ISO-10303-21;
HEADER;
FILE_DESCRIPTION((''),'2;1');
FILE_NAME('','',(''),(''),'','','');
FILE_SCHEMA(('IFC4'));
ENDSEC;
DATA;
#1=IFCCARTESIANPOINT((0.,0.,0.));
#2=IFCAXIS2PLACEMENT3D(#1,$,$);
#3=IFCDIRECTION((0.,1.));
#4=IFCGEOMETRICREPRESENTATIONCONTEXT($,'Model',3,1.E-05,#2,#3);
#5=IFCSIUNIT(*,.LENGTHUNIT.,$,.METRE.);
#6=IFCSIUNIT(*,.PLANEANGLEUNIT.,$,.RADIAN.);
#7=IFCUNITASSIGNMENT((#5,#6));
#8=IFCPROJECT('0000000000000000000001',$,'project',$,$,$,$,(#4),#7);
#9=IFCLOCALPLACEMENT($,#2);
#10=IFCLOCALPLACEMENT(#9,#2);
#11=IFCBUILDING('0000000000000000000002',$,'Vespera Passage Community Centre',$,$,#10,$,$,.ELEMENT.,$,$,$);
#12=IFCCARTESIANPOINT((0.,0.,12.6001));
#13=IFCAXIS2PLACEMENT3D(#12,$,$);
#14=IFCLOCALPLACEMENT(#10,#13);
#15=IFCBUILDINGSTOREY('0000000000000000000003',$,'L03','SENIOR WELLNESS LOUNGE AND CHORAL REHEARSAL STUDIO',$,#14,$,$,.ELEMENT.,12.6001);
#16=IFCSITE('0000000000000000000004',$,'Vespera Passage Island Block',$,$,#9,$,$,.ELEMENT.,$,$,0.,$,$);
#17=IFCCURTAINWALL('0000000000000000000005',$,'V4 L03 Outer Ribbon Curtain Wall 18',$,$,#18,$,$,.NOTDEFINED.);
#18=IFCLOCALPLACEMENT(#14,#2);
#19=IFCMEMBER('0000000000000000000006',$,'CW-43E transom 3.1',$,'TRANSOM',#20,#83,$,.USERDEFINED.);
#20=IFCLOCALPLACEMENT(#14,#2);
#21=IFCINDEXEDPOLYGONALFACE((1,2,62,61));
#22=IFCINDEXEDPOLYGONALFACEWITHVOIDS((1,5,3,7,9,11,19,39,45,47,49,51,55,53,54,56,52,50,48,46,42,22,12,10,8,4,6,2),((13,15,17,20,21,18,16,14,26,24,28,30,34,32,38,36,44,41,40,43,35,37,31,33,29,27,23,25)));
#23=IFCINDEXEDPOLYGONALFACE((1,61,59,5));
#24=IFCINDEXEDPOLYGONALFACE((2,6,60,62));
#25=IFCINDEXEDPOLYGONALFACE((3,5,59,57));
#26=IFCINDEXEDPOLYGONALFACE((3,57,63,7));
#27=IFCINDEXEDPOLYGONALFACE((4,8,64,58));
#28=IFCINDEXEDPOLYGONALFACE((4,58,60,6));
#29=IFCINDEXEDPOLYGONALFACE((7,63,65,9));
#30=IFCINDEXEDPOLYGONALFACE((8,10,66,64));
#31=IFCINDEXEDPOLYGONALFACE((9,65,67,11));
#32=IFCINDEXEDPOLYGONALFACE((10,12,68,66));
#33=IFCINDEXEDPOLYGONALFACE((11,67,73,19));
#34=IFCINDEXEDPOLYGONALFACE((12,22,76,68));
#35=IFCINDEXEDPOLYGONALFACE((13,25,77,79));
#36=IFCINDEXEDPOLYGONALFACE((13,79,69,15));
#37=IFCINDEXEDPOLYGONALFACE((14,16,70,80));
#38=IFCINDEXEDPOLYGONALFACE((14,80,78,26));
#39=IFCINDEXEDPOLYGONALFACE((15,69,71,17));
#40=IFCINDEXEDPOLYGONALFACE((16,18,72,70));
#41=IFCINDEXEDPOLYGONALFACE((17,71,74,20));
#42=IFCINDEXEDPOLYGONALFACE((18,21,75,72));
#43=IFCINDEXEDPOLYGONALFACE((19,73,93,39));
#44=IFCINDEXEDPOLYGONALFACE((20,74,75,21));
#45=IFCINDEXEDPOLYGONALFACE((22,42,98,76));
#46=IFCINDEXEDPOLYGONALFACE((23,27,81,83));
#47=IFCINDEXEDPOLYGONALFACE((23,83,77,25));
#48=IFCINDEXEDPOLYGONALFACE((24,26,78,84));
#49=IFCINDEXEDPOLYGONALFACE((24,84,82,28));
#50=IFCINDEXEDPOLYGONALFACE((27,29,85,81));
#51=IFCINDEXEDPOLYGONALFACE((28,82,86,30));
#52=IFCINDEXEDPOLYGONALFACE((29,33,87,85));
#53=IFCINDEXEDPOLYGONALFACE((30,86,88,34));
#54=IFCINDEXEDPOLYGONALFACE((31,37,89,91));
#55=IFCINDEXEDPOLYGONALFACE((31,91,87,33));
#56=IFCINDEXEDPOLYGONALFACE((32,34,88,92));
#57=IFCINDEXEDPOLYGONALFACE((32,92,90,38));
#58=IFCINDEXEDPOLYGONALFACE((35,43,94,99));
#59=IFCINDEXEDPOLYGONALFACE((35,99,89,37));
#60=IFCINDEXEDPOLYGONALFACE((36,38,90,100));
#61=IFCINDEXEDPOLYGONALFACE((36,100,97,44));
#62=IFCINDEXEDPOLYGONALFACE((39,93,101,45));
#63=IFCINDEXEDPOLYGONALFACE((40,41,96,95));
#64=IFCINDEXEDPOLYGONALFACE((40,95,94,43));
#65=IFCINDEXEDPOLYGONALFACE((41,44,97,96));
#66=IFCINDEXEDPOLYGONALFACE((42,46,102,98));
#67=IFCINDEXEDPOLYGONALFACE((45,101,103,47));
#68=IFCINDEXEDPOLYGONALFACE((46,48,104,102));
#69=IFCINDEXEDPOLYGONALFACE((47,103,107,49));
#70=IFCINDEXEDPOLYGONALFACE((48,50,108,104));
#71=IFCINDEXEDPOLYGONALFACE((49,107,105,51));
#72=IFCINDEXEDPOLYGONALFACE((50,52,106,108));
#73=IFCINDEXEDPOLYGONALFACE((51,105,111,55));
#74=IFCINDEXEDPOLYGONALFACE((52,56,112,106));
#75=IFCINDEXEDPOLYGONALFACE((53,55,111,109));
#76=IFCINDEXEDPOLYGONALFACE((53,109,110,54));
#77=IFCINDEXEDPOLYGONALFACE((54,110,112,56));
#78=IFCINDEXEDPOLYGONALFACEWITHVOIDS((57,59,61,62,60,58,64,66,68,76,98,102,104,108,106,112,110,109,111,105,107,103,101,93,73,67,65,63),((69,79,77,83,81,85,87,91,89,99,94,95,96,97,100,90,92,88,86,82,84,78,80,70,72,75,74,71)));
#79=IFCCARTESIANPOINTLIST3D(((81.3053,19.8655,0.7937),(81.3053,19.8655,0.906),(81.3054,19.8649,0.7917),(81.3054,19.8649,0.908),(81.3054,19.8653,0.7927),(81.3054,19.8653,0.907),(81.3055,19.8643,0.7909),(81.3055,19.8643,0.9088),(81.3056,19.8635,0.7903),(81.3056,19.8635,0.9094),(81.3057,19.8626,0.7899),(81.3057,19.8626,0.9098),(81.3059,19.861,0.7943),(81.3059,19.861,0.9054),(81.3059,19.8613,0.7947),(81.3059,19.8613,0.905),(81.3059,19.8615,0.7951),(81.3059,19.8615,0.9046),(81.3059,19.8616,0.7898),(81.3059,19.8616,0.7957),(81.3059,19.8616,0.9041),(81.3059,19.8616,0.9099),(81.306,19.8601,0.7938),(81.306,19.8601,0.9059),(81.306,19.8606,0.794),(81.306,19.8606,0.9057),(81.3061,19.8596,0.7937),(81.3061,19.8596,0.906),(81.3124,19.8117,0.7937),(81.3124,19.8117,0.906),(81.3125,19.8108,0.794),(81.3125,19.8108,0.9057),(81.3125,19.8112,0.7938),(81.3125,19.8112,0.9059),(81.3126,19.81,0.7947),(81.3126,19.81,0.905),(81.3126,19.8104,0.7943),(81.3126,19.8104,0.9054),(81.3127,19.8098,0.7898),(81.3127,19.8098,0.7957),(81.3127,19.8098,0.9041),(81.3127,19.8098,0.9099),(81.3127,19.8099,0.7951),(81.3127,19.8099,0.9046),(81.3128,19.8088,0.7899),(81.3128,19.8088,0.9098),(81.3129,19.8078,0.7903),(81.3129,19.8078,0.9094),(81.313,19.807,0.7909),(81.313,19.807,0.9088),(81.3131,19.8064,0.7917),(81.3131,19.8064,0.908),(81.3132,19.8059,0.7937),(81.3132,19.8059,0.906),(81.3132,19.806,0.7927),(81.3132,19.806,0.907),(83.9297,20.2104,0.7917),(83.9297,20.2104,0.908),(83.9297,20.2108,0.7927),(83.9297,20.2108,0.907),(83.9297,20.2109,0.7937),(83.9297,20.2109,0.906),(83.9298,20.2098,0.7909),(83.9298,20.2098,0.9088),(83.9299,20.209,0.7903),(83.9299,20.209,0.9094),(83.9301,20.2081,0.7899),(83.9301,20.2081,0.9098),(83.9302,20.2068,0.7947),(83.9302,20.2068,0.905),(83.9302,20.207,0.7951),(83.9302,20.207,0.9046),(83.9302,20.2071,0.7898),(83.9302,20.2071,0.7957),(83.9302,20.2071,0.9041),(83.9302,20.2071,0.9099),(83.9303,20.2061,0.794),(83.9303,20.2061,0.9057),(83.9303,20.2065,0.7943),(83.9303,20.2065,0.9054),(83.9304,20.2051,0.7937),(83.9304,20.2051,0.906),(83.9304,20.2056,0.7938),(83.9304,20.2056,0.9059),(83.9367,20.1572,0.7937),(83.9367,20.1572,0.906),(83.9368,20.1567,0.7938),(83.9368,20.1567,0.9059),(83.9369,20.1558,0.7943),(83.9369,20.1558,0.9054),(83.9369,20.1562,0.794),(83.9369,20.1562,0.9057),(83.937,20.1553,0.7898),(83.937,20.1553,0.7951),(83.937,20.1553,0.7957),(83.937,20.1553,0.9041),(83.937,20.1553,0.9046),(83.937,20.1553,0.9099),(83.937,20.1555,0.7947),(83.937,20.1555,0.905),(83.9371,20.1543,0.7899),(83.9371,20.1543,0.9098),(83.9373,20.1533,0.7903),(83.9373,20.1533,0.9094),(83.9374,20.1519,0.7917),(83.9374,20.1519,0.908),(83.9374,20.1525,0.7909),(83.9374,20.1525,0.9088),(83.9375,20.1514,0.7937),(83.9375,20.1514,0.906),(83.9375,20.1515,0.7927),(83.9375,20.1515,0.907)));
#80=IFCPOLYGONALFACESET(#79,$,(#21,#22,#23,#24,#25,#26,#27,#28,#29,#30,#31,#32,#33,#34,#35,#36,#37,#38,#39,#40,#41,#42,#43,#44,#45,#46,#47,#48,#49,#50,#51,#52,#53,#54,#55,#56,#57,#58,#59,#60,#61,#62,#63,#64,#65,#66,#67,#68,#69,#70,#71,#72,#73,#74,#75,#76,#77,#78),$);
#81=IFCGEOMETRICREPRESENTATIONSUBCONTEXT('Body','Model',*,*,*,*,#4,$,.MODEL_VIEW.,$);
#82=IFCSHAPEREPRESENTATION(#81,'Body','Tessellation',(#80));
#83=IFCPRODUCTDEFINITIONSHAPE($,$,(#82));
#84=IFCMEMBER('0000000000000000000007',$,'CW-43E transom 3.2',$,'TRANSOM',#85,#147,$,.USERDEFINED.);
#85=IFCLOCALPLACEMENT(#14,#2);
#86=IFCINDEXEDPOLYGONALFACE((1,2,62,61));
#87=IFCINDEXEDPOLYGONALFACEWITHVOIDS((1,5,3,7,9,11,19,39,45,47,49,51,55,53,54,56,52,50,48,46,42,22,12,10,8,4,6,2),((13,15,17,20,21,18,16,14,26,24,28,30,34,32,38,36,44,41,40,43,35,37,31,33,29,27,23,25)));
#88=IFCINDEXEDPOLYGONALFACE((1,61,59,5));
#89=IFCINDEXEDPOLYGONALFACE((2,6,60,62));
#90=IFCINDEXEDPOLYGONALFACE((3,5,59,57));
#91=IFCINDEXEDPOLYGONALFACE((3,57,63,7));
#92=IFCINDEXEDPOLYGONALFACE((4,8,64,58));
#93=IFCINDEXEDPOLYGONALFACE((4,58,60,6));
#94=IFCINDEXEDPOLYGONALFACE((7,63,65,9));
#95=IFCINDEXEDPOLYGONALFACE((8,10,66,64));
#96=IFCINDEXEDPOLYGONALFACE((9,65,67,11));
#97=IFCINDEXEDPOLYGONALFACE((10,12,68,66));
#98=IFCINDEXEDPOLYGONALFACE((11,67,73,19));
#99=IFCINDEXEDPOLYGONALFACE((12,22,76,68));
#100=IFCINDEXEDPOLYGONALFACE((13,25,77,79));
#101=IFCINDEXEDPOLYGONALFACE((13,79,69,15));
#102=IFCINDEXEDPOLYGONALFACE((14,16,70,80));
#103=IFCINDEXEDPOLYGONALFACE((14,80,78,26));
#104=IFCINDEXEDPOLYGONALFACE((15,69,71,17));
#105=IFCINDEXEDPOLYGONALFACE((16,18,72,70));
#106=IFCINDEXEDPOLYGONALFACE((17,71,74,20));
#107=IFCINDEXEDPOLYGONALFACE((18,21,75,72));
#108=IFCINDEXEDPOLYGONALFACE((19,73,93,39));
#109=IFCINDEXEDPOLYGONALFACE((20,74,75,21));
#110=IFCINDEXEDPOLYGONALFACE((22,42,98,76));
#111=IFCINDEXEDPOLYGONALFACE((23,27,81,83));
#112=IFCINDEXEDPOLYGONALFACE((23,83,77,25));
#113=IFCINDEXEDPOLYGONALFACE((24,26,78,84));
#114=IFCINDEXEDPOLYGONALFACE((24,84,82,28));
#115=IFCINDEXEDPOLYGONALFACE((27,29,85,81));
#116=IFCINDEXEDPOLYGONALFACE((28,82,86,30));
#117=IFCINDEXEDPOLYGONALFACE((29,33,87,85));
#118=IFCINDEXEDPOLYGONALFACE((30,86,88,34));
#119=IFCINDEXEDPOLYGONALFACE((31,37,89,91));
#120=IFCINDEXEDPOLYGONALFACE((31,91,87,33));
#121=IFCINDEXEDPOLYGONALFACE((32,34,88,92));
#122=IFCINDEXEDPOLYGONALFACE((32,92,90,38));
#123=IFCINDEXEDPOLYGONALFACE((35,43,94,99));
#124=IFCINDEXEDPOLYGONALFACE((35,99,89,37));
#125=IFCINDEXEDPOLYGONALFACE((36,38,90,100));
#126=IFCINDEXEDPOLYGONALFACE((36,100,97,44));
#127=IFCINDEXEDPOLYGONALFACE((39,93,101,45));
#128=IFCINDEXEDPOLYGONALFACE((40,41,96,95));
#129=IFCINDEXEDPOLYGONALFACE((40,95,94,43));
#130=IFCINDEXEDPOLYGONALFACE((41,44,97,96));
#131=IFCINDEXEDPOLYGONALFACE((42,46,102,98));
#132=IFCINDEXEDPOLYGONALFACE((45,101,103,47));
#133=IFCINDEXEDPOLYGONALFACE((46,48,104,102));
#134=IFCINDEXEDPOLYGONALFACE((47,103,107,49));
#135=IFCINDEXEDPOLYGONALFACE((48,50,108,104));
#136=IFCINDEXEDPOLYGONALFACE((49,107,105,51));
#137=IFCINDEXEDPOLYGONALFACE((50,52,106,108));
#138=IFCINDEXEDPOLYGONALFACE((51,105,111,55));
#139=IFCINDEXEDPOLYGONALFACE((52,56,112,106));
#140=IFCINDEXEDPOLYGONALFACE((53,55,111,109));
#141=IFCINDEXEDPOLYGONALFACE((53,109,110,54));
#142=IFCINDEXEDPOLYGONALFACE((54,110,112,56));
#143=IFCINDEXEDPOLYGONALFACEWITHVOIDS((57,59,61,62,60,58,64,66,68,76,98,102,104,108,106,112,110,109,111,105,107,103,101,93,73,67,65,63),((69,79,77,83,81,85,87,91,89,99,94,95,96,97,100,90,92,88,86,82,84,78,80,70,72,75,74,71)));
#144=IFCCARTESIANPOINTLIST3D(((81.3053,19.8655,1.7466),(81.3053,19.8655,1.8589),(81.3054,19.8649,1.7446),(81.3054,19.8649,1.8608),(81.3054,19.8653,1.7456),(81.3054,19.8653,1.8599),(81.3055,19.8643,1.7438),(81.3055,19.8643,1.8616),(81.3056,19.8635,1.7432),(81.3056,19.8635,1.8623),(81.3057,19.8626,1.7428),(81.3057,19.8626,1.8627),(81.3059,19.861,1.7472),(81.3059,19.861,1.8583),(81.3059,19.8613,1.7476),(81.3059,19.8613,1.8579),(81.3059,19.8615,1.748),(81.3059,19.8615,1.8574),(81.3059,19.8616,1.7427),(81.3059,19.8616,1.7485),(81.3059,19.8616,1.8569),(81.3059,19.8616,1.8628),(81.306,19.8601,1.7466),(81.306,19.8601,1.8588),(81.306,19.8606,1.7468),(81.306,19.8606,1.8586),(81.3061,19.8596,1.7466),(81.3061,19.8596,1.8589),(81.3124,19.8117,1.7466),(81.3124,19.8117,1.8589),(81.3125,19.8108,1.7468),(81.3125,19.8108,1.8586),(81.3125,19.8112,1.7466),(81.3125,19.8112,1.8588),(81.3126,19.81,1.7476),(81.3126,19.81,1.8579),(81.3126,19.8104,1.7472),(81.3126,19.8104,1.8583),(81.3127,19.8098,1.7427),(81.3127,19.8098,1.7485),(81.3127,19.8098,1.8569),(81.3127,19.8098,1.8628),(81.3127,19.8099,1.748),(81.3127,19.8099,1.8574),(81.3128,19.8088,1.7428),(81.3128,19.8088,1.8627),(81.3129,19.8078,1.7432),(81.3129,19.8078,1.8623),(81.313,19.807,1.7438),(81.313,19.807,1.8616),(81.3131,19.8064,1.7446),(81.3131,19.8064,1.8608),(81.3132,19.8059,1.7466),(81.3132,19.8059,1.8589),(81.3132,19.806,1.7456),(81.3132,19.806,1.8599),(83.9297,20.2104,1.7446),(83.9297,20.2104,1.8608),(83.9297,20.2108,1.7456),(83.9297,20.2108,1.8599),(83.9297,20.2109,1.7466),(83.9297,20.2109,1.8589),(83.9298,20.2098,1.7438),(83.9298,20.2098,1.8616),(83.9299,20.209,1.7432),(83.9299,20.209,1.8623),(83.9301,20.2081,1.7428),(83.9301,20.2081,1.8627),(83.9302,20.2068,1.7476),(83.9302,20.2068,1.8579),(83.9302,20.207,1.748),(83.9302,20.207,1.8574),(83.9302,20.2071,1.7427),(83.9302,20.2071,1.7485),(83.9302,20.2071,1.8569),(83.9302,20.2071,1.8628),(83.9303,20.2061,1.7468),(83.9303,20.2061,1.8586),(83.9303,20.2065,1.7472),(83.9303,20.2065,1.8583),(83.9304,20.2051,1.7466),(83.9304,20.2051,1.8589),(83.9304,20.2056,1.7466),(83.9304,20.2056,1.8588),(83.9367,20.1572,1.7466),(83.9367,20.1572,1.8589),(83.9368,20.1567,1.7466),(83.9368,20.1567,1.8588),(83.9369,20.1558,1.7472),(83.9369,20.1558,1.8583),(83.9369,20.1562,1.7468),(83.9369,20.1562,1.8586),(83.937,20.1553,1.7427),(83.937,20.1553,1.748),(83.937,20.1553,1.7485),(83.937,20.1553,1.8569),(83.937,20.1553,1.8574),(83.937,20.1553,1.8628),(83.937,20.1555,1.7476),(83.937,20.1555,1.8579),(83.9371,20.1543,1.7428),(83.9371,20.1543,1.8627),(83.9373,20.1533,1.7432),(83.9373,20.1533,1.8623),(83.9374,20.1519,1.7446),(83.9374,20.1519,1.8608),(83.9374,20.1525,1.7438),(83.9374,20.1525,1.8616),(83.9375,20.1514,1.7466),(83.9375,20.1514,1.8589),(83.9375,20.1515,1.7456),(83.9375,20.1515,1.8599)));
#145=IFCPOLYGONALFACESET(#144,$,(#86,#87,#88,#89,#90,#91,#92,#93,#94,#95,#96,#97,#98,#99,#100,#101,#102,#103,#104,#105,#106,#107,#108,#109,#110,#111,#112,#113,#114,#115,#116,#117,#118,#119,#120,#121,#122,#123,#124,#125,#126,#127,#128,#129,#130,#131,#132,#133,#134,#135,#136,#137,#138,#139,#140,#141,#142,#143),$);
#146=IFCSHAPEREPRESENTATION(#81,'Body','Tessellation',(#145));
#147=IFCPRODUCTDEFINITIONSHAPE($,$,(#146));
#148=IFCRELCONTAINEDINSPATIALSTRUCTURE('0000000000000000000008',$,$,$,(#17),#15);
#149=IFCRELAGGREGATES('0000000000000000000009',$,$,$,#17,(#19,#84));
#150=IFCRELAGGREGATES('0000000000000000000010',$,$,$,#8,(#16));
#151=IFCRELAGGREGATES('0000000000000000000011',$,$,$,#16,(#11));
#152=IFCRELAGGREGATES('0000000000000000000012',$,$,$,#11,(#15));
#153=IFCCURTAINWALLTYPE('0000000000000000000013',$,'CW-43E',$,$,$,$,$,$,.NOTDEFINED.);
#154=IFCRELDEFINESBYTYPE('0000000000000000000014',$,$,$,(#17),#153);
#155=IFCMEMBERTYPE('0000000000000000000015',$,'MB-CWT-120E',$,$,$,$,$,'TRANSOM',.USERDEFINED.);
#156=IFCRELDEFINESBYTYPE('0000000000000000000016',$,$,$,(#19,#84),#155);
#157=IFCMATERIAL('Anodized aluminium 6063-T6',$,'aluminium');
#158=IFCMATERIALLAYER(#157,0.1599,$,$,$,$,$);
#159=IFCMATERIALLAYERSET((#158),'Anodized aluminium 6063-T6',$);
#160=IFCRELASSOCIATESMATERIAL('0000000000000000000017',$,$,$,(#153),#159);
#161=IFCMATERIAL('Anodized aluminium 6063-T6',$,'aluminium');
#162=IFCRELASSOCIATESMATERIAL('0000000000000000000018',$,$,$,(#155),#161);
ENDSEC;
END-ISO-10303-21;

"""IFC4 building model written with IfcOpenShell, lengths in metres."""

from ifc_helpers import new_model, si_unit, direction, frame, origin, origin_2d, place, context, subcontext, project, spatial, hollow_rectangle, extrude, material, layer, layer_set, material_profile, profile_set, type_object, element, aggregate, save


model = new_model("IFC4")

# Units and contexts
model_context = context("Model", 3, precision=1e-05, world=origin(), true_north=direction((0.0, 1.0)))
body_context = subcontext(model_context, "Body", "Model", "MODEL_VIEW")
ifc_project = project(units=[si_unit("LENGTHUNIT", "METRE"), si_unit("PLANEANGLEUNIT", "RADIAN")], contexts=[model_context])

# Site, building, storey
site_placement = place(None, origin())
site = spatial("IfcSite", under=ifc_project, at=site_placement, Name="Vespera Passage Island Block", CompositionType="ELEMENT", RefElevation=0.0)
building_placement = place(site_placement, origin())
building = spatial("IfcBuilding", under=site, at=building_placement, Name="Vespera Passage Community Centre", CompositionType="ELEMENT")
storey_placement = place(building_placement, frame((0.0, 0.0, 12.6001)))
storey = spatial("IfcBuildingStorey", under=building, at=storey_placement, Name="L03", Description="SENIOR WELLNESS LOUNGE AND CHORAL REHEARSAL STUDIO", CompositionType="ELEMENT", Elevation=12.6001)

# Curtain wall, members
ifc_material_1 = material(Name="Anodized aluminium 6063-T6", Category="aluminium")
ifc_layer_1 = layer(ifc_material_1, 0.1599)
ifc_layer_set_1 = layer_set([ifc_layer_1], Name="Anodized aluminium 6063-T6")
curtain_wall_type = type_object("IfcCurtainWallType", Name="CW-43E", PredefinedType="NOTDEFINED", material=ifc_layer_set_1)
curtain_wall_placement = place(storey_placement, origin())
curtain_wall = element("IfcCurtainWall", 1, at=curtain_wall_placement, inside=storey, type_object=curtain_wall_type, Name="V4 L03 Outer Ribbon Curtain Wall 18", PredefinedType="NOTDEFINED")
ifc_material_2 = material(Name="Anodized aluminium 6063-T6", Category="aluminium")
ifc_material_profile_1 = material_profile(ifc_material_2, hollow_rectangle(XDim=0.0601, YDim=0.1201, WallThickness=0.0039, InnerFilletRadius=0.002, OuterFilletRadius=0.0039, at=origin_2d()), Name="ALU120X60X4")
ifc_profile_set_1 = profile_set([ifc_material_profile_1], Name="Anodized aluminium 6063-T6")
member_type_1 = type_object("IfcMemberType", Name="MB-CWT-120E", ElementType="TRANSOM", PredefinedType="USERDEFINED", material=ifc_profile_set_1)
member_1_placement = place(storey_placement, frame((83.9336, 20.1812, 0.8499), z_axis=(-0.991446, -0.130514, 0.0), x_axis=(0.130514, -0.991446, 0.0)))
member_1 = element("IfcMember", 2, at=member_1_placement, type_object=member_type_1, Name="CW-43E transom 3.1", ObjectType="TRANSOM", PredefinedType="USERDEFINED", context=body_context, shape_type="SweptSolid", body=[
    extrude(hollow_rectangle(XDim=0.0601, YDim=0.1201, WallThickness=0.0039, InnerFilletRadius=0.002, OuterFilletRadius=0.0039, at=origin_2d()), origin(), (0.0, 0.0, 1.0), 2.647),
])
member_2_placement = place(storey_placement, frame((83.9336, 20.1812, 1.8027), z_axis=(-0.991446, -0.130514, 0.0), x_axis=(0.130514, -0.991446, 0.0)))
member_2 = element("IfcMember", 3, at=member_2_placement, type_object=member_type_1, Name="CW-43E transom 3.2", ObjectType="TRANSOM", PredefinedType="USERDEFINED", context=body_context, shape_type="SweptSolid", body=[
    extrude(hollow_rectangle(XDim=0.0601, YDim=0.1201, WallThickness=0.0039, InnerFilletRadius=0.002, OuterFilletRadius=0.0039, at=origin_2d()), origin(), (0.0, 0.0, 1.0), 2.647),
])
aggregate(curtain_wall, [member_1, member_2])

save(model, "model.ifc")
